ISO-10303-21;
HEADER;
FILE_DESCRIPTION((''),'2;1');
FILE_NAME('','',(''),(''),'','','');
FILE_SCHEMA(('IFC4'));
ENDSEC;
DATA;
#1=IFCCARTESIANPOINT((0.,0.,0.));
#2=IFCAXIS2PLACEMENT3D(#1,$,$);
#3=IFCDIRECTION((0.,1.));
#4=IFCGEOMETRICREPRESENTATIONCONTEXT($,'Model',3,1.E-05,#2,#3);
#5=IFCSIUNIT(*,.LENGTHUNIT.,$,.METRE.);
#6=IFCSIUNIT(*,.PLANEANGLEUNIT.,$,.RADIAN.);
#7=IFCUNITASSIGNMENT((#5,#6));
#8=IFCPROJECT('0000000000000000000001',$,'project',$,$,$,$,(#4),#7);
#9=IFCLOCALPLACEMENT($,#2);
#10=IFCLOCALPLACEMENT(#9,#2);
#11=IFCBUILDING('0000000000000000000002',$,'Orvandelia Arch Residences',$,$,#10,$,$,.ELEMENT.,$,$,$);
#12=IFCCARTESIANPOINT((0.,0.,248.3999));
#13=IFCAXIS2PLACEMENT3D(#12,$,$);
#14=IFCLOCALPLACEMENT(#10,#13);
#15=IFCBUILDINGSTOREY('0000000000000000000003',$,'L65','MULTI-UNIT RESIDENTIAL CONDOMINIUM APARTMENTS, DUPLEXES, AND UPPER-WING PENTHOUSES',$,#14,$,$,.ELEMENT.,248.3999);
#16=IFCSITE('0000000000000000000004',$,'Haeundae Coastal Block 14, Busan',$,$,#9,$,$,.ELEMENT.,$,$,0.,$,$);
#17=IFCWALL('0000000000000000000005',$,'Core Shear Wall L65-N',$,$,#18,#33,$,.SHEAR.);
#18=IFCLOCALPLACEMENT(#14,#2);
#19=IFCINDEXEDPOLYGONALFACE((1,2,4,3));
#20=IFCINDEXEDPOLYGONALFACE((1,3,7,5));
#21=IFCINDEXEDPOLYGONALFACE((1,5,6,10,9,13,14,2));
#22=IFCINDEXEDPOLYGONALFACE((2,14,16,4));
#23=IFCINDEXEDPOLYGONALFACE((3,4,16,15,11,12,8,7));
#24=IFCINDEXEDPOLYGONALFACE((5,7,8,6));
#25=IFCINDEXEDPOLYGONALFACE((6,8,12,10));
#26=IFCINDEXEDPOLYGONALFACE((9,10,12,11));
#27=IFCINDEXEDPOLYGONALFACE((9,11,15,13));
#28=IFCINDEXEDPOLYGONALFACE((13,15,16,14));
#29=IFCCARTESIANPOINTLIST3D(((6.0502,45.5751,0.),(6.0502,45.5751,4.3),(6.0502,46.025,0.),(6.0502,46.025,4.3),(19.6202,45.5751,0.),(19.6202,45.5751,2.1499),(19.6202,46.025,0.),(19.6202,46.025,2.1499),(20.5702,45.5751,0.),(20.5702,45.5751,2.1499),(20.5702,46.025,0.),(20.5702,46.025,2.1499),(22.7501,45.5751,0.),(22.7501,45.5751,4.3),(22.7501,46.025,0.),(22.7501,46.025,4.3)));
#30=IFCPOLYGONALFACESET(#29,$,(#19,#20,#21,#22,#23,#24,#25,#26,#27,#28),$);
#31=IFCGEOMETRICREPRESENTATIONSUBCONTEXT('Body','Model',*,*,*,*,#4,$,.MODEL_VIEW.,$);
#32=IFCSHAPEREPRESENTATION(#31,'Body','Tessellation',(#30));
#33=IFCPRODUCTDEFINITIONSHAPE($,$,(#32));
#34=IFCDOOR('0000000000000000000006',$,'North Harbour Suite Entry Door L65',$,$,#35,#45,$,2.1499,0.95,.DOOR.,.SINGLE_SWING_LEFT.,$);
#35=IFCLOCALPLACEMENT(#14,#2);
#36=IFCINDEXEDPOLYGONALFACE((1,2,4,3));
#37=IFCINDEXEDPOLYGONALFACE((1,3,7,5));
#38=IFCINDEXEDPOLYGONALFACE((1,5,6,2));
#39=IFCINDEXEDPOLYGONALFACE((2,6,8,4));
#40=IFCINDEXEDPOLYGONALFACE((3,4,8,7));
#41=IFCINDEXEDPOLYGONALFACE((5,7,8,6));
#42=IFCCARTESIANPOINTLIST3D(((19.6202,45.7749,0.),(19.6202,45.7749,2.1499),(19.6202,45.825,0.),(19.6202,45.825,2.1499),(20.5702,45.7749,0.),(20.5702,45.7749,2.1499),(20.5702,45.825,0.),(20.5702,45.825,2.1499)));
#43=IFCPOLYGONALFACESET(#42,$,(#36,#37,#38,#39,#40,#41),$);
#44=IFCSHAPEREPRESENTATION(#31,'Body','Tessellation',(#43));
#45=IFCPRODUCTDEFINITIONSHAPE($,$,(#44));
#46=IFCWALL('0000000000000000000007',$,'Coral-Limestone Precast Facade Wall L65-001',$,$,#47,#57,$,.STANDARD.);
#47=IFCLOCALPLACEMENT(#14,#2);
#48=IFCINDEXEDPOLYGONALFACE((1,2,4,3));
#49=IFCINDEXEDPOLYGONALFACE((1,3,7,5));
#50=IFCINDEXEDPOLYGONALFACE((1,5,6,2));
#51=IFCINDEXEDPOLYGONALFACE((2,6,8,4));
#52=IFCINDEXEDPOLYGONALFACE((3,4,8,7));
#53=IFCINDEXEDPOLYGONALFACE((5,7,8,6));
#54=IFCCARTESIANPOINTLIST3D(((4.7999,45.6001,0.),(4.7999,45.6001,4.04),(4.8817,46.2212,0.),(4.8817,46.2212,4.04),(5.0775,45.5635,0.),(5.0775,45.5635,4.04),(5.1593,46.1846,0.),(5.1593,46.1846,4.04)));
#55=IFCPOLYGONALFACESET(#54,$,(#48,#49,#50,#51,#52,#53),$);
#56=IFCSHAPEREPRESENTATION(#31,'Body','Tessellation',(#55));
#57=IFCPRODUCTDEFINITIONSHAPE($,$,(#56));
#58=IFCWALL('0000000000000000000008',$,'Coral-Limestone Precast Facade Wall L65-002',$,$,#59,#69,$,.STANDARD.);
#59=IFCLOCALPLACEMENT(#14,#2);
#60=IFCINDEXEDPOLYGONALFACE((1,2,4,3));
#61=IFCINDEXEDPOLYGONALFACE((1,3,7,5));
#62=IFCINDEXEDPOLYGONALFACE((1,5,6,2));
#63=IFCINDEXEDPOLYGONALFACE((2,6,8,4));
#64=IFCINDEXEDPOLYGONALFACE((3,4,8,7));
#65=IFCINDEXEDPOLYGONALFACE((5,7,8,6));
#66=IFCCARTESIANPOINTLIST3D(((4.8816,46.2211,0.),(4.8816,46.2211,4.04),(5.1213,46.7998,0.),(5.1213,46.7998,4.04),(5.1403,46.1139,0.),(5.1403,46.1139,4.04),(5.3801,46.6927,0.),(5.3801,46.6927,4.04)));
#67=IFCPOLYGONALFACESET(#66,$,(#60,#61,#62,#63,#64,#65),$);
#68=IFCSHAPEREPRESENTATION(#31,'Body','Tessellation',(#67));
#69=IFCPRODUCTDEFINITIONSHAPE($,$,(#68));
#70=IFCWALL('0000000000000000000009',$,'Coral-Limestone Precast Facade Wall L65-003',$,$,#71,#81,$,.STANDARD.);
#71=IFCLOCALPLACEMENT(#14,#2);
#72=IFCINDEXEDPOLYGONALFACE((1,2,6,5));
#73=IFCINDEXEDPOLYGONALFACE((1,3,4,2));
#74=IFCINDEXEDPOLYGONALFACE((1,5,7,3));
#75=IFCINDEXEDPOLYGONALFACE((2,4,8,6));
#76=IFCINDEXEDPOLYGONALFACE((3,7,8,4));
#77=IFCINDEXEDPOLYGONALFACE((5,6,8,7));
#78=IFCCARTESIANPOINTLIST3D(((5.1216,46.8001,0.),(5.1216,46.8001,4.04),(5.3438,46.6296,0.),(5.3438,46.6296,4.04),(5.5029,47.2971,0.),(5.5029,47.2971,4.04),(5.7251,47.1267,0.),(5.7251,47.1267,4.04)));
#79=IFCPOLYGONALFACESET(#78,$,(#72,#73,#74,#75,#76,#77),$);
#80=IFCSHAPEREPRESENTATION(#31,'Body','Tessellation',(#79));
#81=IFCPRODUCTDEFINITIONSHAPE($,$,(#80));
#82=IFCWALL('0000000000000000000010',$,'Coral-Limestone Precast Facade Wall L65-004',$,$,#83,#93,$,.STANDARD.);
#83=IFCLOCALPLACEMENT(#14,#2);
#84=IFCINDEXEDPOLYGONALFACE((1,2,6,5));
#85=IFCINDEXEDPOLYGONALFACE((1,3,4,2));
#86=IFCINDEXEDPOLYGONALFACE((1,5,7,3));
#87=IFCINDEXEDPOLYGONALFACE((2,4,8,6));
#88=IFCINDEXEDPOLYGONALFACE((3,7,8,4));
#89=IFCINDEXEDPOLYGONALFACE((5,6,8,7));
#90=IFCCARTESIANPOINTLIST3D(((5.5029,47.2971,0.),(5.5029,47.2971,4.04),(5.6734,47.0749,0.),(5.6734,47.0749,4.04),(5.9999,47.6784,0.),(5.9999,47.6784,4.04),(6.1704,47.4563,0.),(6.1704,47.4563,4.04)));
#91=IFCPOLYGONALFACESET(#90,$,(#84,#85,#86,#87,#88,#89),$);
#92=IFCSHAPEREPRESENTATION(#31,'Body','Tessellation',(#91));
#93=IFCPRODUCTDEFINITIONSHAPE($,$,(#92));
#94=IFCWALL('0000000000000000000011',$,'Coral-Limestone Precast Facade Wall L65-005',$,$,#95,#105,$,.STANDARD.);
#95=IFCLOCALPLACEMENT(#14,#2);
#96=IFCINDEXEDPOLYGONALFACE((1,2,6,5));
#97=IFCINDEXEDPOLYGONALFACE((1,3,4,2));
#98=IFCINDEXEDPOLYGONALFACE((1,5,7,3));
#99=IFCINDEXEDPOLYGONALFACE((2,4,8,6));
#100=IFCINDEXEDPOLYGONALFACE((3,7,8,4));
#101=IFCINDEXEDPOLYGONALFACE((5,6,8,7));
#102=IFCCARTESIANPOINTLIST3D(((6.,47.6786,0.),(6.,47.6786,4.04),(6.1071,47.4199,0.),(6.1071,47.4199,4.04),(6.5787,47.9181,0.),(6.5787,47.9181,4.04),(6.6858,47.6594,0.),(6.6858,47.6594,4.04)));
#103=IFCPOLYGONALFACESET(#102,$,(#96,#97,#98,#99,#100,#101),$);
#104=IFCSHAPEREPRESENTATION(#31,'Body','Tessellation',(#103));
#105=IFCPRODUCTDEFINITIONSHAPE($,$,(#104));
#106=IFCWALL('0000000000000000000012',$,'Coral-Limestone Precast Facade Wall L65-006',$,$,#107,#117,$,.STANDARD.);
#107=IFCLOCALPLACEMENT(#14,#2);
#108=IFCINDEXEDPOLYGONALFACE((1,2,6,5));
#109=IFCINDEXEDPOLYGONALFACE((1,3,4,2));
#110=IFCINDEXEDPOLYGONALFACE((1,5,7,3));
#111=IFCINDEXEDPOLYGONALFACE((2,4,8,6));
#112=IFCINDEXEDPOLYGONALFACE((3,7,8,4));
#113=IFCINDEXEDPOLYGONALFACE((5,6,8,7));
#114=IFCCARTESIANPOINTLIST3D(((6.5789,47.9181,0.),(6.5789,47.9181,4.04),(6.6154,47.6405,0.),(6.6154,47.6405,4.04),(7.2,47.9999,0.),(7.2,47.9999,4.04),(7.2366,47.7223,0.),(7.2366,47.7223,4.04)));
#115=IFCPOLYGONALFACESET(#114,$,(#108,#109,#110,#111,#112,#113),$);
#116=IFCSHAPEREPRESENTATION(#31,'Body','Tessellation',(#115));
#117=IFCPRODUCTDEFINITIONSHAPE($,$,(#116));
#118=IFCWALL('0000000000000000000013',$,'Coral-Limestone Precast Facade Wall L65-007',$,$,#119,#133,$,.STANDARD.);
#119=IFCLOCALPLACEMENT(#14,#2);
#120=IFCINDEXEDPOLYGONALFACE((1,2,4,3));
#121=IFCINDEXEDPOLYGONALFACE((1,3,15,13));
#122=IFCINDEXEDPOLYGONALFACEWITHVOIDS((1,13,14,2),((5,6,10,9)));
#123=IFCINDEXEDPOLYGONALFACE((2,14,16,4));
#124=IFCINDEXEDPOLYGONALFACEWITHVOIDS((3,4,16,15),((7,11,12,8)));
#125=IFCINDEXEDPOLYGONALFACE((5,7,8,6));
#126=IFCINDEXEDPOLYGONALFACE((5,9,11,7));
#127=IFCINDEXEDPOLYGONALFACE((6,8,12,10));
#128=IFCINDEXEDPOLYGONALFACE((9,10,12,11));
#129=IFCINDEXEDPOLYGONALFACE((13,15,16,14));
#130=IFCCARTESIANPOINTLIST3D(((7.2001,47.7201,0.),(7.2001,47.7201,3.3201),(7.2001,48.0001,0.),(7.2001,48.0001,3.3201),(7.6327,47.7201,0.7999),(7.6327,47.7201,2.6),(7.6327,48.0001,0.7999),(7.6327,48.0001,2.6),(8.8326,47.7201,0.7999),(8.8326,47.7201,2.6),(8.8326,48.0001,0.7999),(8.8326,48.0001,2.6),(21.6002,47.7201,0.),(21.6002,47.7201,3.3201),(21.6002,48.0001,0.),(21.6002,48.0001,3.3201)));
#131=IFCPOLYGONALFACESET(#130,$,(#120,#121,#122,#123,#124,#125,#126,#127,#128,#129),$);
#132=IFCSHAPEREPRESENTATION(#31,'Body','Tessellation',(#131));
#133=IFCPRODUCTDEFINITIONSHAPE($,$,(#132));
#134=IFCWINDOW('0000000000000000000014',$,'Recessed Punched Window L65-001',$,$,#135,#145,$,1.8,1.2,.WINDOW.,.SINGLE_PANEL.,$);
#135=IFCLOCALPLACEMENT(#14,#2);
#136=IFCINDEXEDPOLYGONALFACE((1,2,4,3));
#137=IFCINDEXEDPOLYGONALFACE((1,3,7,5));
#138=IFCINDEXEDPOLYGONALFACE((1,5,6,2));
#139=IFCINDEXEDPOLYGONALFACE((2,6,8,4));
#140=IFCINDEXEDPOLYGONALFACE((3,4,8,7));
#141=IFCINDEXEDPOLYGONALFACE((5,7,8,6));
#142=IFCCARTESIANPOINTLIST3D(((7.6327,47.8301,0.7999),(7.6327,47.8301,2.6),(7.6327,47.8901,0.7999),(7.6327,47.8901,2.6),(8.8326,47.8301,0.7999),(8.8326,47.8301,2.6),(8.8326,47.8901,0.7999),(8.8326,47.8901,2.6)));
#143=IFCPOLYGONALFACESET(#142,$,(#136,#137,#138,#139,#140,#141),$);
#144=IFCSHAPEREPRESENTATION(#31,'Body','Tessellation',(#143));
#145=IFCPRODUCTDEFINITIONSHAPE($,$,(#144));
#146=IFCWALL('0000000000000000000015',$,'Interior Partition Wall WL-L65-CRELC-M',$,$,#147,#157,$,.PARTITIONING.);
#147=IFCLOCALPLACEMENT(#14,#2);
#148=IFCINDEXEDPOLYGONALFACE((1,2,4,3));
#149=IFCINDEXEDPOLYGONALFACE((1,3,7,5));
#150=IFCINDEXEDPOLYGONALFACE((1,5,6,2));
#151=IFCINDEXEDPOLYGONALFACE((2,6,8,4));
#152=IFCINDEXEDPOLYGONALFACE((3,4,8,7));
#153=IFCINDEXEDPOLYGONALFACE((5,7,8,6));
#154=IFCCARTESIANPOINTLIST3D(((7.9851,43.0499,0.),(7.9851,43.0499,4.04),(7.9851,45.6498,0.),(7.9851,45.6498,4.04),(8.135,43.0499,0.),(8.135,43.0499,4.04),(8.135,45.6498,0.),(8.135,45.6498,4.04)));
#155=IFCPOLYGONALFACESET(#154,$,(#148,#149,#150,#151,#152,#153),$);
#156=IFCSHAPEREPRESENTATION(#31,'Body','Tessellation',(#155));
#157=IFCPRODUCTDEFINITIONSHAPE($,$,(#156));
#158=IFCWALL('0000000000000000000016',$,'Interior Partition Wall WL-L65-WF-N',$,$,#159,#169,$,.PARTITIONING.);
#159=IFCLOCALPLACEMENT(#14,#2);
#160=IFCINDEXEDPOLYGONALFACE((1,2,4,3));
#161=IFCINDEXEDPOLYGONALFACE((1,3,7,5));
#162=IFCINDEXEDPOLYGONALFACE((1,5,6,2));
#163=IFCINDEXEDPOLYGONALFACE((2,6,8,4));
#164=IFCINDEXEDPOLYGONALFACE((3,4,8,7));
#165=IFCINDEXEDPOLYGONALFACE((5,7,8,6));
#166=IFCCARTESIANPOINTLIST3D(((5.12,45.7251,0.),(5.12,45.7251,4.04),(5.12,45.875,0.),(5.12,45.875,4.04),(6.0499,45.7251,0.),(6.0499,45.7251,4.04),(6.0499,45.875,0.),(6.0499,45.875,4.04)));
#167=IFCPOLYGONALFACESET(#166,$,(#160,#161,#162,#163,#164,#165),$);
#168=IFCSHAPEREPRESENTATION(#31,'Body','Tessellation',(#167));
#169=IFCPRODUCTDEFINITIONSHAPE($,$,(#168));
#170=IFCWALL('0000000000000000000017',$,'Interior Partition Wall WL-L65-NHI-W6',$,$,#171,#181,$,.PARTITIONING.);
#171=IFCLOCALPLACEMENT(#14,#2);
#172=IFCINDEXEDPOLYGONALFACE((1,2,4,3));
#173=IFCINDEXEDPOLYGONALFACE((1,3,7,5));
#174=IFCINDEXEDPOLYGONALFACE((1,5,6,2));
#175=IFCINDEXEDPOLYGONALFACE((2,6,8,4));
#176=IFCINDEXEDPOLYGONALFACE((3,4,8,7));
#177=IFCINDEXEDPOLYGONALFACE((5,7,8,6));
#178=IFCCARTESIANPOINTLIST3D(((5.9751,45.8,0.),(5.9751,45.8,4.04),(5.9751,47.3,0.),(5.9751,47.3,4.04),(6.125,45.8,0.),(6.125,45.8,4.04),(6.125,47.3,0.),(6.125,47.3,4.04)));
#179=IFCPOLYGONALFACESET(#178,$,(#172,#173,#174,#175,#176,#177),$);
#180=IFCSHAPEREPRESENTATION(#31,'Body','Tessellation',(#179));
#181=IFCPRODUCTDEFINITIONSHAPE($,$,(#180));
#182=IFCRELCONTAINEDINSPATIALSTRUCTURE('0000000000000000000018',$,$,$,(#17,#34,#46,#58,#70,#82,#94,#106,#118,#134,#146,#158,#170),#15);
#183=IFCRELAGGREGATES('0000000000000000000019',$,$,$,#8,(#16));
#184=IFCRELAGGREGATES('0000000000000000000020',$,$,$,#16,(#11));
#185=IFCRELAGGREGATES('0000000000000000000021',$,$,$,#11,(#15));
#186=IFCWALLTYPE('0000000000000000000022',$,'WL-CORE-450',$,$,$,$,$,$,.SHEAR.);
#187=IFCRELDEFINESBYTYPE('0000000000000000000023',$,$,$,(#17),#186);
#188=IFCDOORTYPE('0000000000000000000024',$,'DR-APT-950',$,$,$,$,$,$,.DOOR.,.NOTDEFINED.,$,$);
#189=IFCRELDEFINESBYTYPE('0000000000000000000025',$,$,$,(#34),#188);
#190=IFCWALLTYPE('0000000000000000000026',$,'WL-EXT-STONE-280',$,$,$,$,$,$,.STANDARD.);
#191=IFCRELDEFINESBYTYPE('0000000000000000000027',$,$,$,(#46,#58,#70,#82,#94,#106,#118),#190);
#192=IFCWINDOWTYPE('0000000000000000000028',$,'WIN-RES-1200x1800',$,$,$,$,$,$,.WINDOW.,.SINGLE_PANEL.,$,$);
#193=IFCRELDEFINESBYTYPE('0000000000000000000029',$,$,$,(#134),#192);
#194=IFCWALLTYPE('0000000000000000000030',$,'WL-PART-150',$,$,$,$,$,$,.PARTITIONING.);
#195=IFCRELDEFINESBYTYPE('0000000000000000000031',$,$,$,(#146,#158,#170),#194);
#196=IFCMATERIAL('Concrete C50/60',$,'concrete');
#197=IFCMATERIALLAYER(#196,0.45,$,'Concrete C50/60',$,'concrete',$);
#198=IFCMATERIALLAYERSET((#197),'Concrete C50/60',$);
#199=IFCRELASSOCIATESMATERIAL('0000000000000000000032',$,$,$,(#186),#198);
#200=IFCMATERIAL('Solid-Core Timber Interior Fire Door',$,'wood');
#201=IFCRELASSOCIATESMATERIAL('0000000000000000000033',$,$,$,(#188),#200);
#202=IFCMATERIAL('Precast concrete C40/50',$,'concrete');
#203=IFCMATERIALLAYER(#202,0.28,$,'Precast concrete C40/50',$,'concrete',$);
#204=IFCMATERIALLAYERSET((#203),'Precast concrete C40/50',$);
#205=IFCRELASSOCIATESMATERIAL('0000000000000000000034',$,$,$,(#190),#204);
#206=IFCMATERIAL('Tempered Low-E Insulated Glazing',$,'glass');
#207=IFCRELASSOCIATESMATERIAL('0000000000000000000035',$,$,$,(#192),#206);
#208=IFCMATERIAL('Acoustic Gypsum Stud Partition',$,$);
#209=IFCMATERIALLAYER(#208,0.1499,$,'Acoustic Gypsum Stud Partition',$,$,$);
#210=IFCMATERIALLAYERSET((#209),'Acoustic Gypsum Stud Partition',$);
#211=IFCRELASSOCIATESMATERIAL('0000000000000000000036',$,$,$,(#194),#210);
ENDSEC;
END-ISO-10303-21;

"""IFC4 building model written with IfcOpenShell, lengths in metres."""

from ifc_helpers import new_model, si_unit, direction, frame, frame_2d, origin, place, context, subcontext, project, spatial, rectangle, extrude, material, layer, layer_set, type_object, element, fill, save


model = new_model("IFC4")

# Units and contexts
model_context = context("Model", 3, precision=1e-05, world=origin(), true_north=direction((0.0, 1.0)))
body_context = subcontext(model_context, "Body", "Model", "MODEL_VIEW")
ifc_project = project(units=[si_unit("LENGTHUNIT", "METRE"), si_unit("PLANEANGLEUNIT", "RADIAN")], contexts=[model_context])

# Site, building, storey
site_placement = place(None, origin())
site = spatial("IfcSite", under=ifc_project, at=site_placement, Name="Haeundae Coastal Block 14, Busan", CompositionType="ELEMENT", RefElevation=0.0)
building_placement = place(site_placement, origin())
building = spatial("IfcBuilding", under=site, at=building_placement, Name="Orvandelia Arch Residences", CompositionType="ELEMENT")
storey_placement = place(building_placement, frame((0.0, 0.0, 248.3999)))
storey = spatial("IfcBuildingStorey", under=building, at=storey_placement, Name="L65", Description="MULTI-UNIT RESIDENTIAL CONDOMINIUM APARTMENTS, DUPLEXES, AND UPPER-WING PENTHOUSES", CompositionType="ELEMENT", Elevation=248.3999)

# Shared definitions
ifc_material_1 = material(Name="Concrete C50/60", Category="concrete")

# Wall, opening, door
ifc_layer_1 = layer(ifc_material_1, 0.45, Name="Concrete C50/60", Category="concrete")
ifc_layer_set_1 = layer_set([ifc_layer_1], Name="Concrete C50/60")
wall_type_1 = type_object("IfcWallType", Name="WL-CORE-450", PredefinedType="SHEAR", material=ifc_layer_set_1)
wall_1_placement = place(storey_placement, frame((6.05, 45.8, 0.0), z_axis=(0.0, 0.0, 1.0), x_axis=(1.0, 0.0, 0.0)))
wall_1 = element("IfcWall", 1, at=wall_1_placement, inside=storey, type_object=wall_type_1, Name="Core Shear Wall L65-N", PredefinedType="SHEAR", context=body_context, shape_type="SweptSolid", body=[
    extrude(rectangle(XDim=16.7, YDim=0.45, at=frame_2d((8.3501, 0.0))), origin(), (0.0, 0.0, 1.0), 4.3),
])
opening_1_placement = place(wall_1_placement, frame((13.5701, 0.0, 0.0)))
opening_1 = element("IfcOpeningElement", 2, at=opening_1_placement, cuts=wall_1, PredefinedType="OPENING", context=body_context, shape_type="SweptSolid", body=[
    extrude(rectangle(XDim=0.95, YDim=2.1499, at=frame_2d((0.4751, 1.075))), frame((0.0, 0.2349, 0.0), z_axis=(0.0, -1.0, 0.0), x_axis=(1.0, 0.0, 0.0)), (0.0, 0.0, 1.0), 0.47),
])
ifc_material_2 = material(Name="Solid-Core Timber Interior Fire Door", Category="wood")
door_type_1 = type_object("IfcDoorType", Name="DR-APT-950", OperationType="NOTDEFINED", PredefinedType="DOOR", material=ifc_material_2)
door_1_placement = place(opening_1_placement, origin())
door_1 = element("IfcDoor", 3, at=door_1_placement, inside=storey, type_object=door_type_1, Name="North Harbour Suite Entry Door L65", OperationType="SINGLE_SWING_LEFT", OverallHeight=2.1499, OverallWidth=0.95, PredefinedType="DOOR", context=body_context, shape_type="SweptSolid", body=[
    extrude(rectangle(XDim=0.95, YDim=2.1499, at=frame_2d((0.4751, 1.075))), frame((0.0, 0.0249, 0.0), z_axis=(0.0, -1.0, 0.0), x_axis=(1.0, 0.0, 0.0)), (0.0, 0.0, 1.0), 0.05),
])
fill(opening_1, door_1)

# Walls
ifc_material_3 = material(Name="Precast concrete C40/50", Category="concrete")
ifc_layer_2 = layer(ifc_material_3, 0.28, Name="Precast concrete C40/50", Category="concrete")
ifc_layer_set_2 = layer_set([ifc_layer_2], Name="Precast concrete C40/50")
wall_type_2 = type_object("IfcWallType", Name="WL-EXT-STONE-280", PredefinedType="STANDARD", material=ifc_layer_set_2)
for number, where, z_axis, x_axis, name in (
    (4, (4.9387, 45.5818, 0.0), (0.0, 0.0, 1.0), (0.130555, 0.991441, 0.0), "Coral-Limestone Precast Facade Wall L65-001"),
    (5, (5.011, 46.1675, 0.0), (0.0, 0.0, 1.0), (0.38265, 0.923893, 0.0), "Coral-Limestone Precast Facade Wall L65-002"),
    (6, (5.2327, 46.7148, 0.0), (0.0, 0.0, 1.0), (0.608693, 0.793406, 0.0), "Coral-Limestone Precast Facade Wall L65-003"),
    (7, (5.5881, 47.186, 0.0), (0.0, 0.0, 1.0), (0.793406, 0.608693, 0.0), "Coral-Limestone Precast Facade Wall L65-004"),
):
    element("IfcWall", number, at=place(storey_placement, frame(where, z_axis=z_axis, x_axis=x_axis)), inside=storey, type_object=wall_type_2, Name=name, PredefinedType="STANDARD", context=body_context, shape_type="SweptSolid", body=[
        extrude(rectangle(XDim=0.6265, YDim=0.28, at=frame_2d((0.3132, 0.0))), origin(), (0.0, 0.0, 1.0), 4.04),
    ])
wall_2_placement = place(storey_placement, frame((6.0537, 47.5493, 0.0), z_axis=(0.0, 0.0, 1.0), x_axis=(0.923974, 0.382455, 0.0)))
element("IfcWall", 8, at=wall_2_placement, inside=storey, type_object=wall_type_2, Name="Coral-Limestone Precast Facade Wall L65-005", PredefinedType="STANDARD", context=body_context, shape_type="SweptSolid", body=[
    extrude(rectangle(XDim=0.6262, YDim=0.28, at=frame_2d((0.313, 0.0))), origin(), (0.0, 0.0, 1.0), 4.04),
])
wall_3_placement = place(storey_placement, frame((6.5972, 47.7793, 0.0), z_axis=(0.0, 0.0, 1.0), x_axis=(0.991441, 0.130555, 0.0)))
element("IfcWall", 9, at=wall_3_placement, inside=storey, type_object=wall_type_2, Name="Coral-Limestone Precast Facade Wall L65-006", PredefinedType="STANDARD", context=body_context, shape_type="SweptSolid", body=[
    extrude(rectangle(XDim=0.6265, YDim=0.28, at=frame_2d((0.3132, 0.0))), origin(), (0.0, 0.0, 1.0), 4.04),
])

# Wall, opening, window
wall_4_placement = place(storey_placement, frame((7.2, 47.8601, 0.0), z_axis=(0.0, 0.0, 1.0), x_axis=(1.0, 0.0, 0.0)))
wall_4 = element("IfcWall", 10, at=wall_4_placement, inside=storey, type_object=wall_type_2, Name="Coral-Limestone Precast Facade Wall L65-007", PredefinedType="STANDARD", context=body_context, shape_type="SweptSolid", body=[
    extrude(rectangle(XDim=14.4001, YDim=0.28, at=frame_2d((7.2002, 0.0))), origin(), (0.0, 0.0, 1.0), 3.3201),
])
opening_2_placement = place(wall_4_placement, frame((0.4326, 0.0, 0.8)))
opening_2 = element("IfcOpeningElement", 11, at=opening_2_placement, cuts=wall_4, PredefinedType="OPENING", context=body_context, shape_type="SweptSolid", body=[
    extrude(rectangle(XDim=1.2, YDim=1.8, at=frame_2d((0.6001, 0.8999))), frame((0.0, 0.1499, 0.0), z_axis=(0.0, -1.0, 0.0), x_axis=(1.0, 0.0, 0.0)), (0.0, 0.0, 1.0), 0.3),
])
ifc_material_4 = material(Name="Tempered Low-E Insulated Glazing", Category="glass")
window_type = type_object("IfcWindowType", Name="WIN-RES-1200x1800", PartitioningType="SINGLE_PANEL", PredefinedType="WINDOW", material=ifc_material_4)
window_placement = place(opening_2_placement, origin())
window = element("IfcWindow", 12, at=window_placement, inside=storey, type_object=window_type, Name="Recessed Punched Window L65-001", OverallHeight=1.8, OverallWidth=1.2, PartitioningType="SINGLE_PANEL", PredefinedType="WINDOW", context=body_context, shape_type="SweptSolid", body=[
    extrude(rectangle(XDim=1.2, YDim=1.8, at=frame_2d((0.6001, 0.8999))), frame((0.0, 0.03, 0.0), z_axis=(0.0, -1.0, 0.0), x_axis=(1.0, 0.0, 0.0)), (0.0, 0.0, 1.0), 0.0601),
])
fill(opening_2, window)

# Walls
ifc_material_5 = material(Name="Acoustic Gypsum Stud Partition")
ifc_layer_3 = layer(ifc_material_5, 0.1499, Name="Acoustic Gypsum Stud Partition")
ifc_layer_set_3 = layer_set([ifc_layer_3], Name="Acoustic Gypsum Stud Partition")
wall_type_3 = type_object("IfcWallType", Name="WL-PART-150", PredefinedType="PARTITIONING", material=ifc_layer_set_3)
wall_5_placement = place(storey_placement, frame((8.0601, 43.05, 0.0), z_axis=(0.0, 0.0, 1.0), x_axis=(0.0, 1.0, 0.0)))
element("IfcWall", 13, at=wall_5_placement, inside=storey, type_object=wall_type_3, Name="Interior Partition Wall WL-L65-CRELC-M", PredefinedType="PARTITIONING", context=body_context, shape_type="SweptSolid", body=[
    extrude(rectangle(XDim=2.5999, YDim=0.1499, at=frame_2d((1.2998, 0.0))), origin(), (0.0, 0.0, 1.0), 4.04),
])
wall_6_placement = place(storey_placement, frame((5.1201, 45.8, 0.0), z_axis=(0.0, 0.0, 1.0), x_axis=(1.0, 0.0, 0.0)))
element("IfcWall", 14, at=wall_6_placement, inside=storey, type_object=wall_type_3, Name="Interior Partition Wall WL-L65-WF-N", PredefinedType="PARTITIONING", context=body_context, shape_type="SweptSolid", body=[
    extrude(rectangle(XDim=0.9299, YDim=0.1499, at=frame_2d((0.4648, 0.0))), origin(), (0.0, 0.0, 1.0), 4.04),
])
wall_7_placement = place(storey_placement, frame((6.05, 45.8, 0.0), z_axis=(0.0, 0.0, 1.0), x_axis=(0.0, 1.0, 0.0)))
element("IfcWall", 15, at=wall_7_placement, inside=storey, type_object=wall_type_3, Name="Interior Partition Wall WL-L65-NHI-W6", PredefinedType="PARTITIONING", context=body_context, shape_type="SweptSolid", body=[
    extrude(rectangle(XDim=1.5, YDim=0.1499, at=frame_2d((0.75, 0.0))), origin(), (0.0, 0.0, 1.0), 4.04),
])

save(model, "model.ifc")
